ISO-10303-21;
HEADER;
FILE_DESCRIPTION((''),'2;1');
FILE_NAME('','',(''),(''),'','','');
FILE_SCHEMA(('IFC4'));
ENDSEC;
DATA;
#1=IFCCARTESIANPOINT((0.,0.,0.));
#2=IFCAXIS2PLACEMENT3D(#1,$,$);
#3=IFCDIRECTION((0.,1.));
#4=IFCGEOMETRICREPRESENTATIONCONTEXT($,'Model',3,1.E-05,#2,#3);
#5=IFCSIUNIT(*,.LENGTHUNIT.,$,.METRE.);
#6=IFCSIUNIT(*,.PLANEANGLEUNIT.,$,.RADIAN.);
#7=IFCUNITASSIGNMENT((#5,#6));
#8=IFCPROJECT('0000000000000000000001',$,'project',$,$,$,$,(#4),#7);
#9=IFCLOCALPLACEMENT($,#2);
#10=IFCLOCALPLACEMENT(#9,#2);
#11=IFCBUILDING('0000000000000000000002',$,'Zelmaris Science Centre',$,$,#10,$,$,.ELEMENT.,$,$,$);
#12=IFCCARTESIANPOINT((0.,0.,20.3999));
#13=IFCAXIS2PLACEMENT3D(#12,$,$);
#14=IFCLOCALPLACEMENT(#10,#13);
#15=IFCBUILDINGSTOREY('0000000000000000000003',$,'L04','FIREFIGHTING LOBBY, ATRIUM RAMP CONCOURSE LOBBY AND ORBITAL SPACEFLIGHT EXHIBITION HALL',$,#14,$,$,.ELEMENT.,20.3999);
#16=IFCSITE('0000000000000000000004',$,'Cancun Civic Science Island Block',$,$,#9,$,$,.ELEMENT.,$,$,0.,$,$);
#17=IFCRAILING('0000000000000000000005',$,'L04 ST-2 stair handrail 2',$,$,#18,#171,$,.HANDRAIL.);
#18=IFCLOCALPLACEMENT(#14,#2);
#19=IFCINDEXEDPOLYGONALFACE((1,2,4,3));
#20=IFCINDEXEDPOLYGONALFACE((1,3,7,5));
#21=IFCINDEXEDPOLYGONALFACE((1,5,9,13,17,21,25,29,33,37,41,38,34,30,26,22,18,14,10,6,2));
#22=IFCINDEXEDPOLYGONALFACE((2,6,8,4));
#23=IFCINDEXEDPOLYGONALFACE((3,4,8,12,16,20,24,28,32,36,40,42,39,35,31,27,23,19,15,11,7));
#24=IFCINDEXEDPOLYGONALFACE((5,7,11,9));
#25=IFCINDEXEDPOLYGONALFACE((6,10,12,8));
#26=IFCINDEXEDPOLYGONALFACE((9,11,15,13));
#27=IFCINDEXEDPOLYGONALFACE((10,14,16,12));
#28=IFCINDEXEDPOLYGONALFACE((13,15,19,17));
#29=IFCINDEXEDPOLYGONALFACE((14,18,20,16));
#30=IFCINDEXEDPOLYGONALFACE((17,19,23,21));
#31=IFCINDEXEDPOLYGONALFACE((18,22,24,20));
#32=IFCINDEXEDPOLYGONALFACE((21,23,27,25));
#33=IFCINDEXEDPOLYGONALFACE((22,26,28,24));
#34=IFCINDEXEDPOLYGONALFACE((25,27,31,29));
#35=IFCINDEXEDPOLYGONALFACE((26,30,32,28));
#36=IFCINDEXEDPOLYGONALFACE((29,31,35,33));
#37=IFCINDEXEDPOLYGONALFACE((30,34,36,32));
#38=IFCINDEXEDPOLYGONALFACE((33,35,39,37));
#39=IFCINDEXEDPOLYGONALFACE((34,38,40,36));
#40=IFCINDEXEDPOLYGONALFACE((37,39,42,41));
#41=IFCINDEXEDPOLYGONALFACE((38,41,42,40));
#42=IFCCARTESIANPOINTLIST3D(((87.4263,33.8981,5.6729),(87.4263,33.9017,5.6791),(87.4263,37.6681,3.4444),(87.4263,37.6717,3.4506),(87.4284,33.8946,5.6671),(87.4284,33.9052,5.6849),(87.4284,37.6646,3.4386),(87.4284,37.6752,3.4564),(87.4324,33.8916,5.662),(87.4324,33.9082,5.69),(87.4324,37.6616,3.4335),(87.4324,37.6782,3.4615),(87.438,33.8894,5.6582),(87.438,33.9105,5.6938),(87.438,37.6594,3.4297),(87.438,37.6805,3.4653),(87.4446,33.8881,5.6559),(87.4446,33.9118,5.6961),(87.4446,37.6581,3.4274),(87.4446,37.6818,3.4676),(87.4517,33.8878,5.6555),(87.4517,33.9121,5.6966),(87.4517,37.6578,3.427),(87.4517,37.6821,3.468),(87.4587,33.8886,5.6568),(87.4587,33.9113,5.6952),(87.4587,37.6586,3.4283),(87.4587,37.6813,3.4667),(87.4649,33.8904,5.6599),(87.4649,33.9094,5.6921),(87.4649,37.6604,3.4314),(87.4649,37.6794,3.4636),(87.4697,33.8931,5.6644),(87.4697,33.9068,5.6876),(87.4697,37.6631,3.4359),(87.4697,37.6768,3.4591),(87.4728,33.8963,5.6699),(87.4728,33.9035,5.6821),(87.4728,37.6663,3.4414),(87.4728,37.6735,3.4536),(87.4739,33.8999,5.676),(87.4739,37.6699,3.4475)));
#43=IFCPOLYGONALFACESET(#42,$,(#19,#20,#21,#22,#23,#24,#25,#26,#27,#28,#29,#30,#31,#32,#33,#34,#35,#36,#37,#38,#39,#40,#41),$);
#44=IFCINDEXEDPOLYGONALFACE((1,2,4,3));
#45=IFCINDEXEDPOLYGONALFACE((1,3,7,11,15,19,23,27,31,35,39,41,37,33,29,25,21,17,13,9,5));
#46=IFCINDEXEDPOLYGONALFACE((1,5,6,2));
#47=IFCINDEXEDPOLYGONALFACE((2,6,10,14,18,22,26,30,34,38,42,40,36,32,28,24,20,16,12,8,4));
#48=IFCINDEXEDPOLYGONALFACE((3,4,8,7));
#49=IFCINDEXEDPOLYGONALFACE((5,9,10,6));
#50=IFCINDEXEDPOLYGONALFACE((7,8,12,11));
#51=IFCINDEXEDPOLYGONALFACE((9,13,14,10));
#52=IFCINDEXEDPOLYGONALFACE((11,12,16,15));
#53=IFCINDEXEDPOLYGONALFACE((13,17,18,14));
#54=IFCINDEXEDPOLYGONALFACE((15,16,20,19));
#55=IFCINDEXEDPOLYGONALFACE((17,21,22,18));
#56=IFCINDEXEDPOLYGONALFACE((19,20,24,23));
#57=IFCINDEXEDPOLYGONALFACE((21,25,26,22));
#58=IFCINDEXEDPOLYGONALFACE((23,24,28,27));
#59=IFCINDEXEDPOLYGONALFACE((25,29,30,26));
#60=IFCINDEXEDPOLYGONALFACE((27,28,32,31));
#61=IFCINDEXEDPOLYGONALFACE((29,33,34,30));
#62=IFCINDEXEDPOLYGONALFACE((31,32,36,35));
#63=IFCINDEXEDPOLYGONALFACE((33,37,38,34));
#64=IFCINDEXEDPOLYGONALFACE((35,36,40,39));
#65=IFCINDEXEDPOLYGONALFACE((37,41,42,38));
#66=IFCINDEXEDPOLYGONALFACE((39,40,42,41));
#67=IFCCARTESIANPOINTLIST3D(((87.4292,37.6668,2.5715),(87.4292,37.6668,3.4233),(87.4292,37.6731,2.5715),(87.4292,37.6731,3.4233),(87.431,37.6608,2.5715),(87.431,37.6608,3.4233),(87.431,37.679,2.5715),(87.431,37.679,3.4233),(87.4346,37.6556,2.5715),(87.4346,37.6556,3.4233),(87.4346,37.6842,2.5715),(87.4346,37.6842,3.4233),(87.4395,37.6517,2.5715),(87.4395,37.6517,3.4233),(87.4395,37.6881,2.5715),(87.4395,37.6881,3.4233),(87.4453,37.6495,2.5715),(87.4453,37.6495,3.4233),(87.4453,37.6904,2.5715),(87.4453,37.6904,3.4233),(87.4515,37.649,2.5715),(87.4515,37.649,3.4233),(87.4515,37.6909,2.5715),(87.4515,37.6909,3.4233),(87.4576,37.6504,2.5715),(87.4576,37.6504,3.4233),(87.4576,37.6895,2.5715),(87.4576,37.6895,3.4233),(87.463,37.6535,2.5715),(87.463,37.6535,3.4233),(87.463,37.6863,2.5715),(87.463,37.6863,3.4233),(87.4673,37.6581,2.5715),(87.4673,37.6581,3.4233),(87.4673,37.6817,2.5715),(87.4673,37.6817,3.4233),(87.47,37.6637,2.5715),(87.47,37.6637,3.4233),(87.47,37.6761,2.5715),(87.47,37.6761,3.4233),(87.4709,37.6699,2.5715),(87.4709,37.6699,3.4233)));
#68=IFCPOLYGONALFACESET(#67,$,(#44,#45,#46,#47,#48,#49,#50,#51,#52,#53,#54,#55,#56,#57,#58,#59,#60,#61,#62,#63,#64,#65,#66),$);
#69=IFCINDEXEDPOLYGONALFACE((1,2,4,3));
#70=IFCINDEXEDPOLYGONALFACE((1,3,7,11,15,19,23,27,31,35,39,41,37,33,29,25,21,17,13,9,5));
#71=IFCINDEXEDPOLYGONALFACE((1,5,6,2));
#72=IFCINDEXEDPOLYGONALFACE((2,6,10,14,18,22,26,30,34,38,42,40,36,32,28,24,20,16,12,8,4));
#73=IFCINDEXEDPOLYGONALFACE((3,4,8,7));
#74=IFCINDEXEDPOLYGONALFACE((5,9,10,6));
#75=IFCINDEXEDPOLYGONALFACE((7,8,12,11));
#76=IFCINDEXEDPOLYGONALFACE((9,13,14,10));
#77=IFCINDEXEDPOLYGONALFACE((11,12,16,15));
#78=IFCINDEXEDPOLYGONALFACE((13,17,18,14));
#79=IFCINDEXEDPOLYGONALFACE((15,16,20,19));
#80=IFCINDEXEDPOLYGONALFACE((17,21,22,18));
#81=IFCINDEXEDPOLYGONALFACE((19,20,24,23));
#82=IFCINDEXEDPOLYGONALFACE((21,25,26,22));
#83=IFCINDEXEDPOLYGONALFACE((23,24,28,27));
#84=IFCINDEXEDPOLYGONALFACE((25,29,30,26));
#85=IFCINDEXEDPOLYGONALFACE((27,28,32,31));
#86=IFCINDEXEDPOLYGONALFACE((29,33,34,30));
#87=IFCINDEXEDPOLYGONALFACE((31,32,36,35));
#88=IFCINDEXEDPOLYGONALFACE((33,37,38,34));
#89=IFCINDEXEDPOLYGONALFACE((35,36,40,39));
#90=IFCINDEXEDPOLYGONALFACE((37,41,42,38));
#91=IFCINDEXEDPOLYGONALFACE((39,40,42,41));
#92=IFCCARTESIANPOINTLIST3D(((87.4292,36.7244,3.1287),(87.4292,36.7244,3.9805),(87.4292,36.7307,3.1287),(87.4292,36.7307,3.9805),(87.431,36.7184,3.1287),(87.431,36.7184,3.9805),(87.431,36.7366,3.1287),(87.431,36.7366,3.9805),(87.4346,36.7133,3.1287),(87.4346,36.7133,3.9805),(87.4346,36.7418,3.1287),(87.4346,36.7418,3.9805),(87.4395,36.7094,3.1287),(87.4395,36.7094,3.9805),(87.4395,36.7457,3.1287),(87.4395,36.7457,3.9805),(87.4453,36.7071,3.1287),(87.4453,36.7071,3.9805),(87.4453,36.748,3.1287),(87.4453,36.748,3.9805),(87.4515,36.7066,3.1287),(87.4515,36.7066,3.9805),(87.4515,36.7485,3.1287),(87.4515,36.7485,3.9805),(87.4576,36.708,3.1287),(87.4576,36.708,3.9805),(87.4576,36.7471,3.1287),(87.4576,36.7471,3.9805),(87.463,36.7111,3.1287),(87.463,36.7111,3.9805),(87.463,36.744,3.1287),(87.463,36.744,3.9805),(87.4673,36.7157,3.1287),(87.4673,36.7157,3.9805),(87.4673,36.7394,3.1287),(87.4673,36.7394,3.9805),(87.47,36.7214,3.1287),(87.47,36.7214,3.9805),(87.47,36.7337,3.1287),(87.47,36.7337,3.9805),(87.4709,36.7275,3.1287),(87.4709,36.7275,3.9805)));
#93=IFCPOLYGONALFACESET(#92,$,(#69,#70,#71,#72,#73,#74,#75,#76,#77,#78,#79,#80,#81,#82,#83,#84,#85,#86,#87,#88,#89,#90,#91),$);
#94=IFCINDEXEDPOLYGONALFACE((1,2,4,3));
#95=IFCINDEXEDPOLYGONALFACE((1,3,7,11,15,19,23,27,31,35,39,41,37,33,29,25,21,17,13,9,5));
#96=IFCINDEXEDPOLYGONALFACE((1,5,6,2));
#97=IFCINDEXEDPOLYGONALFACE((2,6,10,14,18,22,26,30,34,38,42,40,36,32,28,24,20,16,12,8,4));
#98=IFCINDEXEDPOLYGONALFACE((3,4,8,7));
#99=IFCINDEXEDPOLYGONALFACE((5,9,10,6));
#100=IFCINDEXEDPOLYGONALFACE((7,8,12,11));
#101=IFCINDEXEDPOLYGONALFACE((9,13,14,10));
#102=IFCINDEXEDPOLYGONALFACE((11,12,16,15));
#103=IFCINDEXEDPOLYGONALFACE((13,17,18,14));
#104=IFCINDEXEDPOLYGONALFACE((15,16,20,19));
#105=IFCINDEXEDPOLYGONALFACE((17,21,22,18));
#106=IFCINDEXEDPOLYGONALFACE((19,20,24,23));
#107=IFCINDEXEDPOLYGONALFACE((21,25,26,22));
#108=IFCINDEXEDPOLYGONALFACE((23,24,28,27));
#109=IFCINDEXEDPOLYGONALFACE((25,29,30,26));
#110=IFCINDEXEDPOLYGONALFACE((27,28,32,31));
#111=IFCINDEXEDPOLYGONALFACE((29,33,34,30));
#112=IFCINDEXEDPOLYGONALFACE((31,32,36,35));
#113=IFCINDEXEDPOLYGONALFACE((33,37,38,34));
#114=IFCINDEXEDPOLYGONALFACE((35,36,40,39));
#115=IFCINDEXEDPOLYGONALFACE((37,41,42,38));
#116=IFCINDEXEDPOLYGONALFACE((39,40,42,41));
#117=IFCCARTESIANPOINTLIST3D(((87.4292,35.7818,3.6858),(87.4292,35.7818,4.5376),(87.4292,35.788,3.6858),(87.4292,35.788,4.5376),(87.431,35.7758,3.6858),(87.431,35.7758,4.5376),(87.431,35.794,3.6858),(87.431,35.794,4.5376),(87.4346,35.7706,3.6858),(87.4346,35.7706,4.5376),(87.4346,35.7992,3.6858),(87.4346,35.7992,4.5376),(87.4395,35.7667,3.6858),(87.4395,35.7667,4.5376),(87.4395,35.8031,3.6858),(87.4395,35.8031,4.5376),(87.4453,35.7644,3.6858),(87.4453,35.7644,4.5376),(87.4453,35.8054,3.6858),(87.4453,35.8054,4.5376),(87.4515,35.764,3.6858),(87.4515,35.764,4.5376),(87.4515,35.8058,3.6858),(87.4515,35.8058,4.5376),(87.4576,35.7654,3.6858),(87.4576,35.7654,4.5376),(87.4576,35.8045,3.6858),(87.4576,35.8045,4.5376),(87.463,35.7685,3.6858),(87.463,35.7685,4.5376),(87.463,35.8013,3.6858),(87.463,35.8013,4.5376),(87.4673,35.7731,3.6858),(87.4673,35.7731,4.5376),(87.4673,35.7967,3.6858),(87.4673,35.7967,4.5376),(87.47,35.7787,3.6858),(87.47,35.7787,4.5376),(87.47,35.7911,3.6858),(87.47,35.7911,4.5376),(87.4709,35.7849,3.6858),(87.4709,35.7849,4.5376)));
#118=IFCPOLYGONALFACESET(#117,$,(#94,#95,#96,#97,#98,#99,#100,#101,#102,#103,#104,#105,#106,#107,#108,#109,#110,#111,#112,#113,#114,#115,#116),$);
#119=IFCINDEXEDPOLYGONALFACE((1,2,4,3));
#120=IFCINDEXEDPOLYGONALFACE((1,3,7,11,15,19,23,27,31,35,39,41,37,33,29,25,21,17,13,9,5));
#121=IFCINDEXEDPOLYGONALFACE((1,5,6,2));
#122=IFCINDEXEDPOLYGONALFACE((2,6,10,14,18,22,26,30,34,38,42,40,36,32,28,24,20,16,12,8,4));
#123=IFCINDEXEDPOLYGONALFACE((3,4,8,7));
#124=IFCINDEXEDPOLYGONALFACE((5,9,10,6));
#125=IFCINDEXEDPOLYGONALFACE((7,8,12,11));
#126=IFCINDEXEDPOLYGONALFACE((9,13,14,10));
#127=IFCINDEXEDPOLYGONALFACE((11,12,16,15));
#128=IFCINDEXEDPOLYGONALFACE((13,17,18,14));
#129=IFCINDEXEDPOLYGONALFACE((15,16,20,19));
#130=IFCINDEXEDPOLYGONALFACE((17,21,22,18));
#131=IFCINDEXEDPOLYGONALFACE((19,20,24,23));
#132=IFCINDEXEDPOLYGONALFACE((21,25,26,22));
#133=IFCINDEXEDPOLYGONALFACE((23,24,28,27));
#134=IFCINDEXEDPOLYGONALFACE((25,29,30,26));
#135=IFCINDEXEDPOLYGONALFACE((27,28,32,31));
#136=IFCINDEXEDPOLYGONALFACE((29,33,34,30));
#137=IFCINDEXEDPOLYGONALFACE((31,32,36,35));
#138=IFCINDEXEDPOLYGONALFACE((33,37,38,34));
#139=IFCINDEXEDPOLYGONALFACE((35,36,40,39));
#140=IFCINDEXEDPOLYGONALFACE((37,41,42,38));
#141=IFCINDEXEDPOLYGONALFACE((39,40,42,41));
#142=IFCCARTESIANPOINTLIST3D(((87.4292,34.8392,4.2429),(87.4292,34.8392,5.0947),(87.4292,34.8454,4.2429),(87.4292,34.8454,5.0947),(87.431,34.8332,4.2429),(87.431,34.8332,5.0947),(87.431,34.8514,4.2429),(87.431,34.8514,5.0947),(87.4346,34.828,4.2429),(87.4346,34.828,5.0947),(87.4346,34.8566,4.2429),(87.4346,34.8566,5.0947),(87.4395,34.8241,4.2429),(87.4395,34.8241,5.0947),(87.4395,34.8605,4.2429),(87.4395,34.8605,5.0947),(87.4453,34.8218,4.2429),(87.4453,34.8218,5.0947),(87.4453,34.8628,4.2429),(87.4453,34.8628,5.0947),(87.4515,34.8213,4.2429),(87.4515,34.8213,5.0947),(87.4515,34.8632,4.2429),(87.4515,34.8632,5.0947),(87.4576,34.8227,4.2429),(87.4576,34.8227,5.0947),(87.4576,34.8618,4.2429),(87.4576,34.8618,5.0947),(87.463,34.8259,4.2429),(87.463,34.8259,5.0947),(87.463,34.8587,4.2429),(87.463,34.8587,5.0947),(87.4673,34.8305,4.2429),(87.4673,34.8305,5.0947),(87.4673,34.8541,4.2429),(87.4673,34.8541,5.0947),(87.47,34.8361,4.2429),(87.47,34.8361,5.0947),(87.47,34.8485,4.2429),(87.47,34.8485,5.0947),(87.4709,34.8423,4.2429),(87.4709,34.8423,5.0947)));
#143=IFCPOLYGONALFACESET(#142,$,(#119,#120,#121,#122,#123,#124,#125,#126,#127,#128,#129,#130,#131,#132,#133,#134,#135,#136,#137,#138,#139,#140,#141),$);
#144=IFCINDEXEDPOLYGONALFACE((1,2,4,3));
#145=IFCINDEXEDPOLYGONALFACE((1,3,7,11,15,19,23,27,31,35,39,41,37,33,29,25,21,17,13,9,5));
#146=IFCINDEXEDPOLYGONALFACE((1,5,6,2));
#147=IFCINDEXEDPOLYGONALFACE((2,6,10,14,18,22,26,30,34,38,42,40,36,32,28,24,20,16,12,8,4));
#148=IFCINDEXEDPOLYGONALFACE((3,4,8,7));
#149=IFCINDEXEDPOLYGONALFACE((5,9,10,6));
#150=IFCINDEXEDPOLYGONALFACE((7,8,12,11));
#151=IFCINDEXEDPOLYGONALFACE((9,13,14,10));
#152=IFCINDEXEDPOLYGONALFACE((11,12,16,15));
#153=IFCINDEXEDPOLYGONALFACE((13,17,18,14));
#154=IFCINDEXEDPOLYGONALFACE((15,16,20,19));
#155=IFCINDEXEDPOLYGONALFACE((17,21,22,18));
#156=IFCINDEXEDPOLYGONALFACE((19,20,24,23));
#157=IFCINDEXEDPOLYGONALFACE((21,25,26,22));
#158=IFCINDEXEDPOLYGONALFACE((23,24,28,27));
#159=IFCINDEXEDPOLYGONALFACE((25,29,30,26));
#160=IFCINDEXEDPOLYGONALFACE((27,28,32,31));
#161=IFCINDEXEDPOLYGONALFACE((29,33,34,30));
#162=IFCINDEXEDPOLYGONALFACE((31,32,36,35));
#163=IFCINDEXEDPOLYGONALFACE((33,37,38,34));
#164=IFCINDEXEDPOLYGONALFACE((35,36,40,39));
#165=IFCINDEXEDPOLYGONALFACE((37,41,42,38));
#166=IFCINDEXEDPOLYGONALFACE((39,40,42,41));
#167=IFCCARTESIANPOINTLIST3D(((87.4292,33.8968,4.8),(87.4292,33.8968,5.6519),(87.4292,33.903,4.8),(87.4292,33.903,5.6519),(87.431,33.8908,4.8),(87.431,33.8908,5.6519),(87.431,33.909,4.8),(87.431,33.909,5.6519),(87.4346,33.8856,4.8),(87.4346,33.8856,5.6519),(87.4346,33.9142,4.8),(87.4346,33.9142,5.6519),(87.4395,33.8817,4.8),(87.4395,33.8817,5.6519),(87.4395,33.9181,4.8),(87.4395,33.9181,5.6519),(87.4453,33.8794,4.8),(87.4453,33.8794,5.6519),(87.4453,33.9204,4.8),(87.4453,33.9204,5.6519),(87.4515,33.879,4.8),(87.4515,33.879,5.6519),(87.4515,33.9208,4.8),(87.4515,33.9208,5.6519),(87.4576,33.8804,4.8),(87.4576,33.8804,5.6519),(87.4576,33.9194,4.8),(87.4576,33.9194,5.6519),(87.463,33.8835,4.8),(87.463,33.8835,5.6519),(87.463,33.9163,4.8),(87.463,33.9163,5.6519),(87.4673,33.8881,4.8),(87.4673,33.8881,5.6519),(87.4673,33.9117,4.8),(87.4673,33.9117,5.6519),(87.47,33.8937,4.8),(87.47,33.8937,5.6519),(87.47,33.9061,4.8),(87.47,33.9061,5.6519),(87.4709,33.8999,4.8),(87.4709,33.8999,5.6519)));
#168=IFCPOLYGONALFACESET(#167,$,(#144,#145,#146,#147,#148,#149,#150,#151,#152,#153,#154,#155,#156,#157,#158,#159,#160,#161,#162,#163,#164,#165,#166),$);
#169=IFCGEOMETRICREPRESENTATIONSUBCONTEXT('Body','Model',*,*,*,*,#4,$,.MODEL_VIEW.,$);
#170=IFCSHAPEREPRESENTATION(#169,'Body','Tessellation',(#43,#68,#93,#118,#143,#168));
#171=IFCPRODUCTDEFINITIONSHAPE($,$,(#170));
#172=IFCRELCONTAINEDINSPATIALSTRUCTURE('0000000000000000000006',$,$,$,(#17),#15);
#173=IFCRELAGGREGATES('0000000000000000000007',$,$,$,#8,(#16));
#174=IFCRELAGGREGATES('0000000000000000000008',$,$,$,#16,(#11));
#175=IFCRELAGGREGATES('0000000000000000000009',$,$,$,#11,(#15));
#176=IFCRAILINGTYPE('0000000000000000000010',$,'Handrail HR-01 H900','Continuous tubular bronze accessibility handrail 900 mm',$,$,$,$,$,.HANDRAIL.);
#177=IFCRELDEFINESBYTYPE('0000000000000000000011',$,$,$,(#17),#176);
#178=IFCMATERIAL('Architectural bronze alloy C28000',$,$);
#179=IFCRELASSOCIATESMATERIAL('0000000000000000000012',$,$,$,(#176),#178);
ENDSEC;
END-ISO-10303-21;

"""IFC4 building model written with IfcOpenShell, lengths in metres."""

from ifc_helpers import new_model, si_unit, direction, frame, origin, origin_2d, place, context, subcontext, project, spatial, circle, extrude, material, type_object, element, save


model = new_model("IFC4")

# Units and contexts
model_context = context("Model", 3, precision=1e-05, world=origin(), true_north=direction((0.0, 1.0)))
body_context = subcontext(model_context, "Body", "Model", "MODEL_VIEW")
ifc_project = project(units=[si_unit("LENGTHUNIT", "METRE"), si_unit("PLANEANGLEUNIT", "RADIAN")], contexts=[model_context])

# Site, building, storey
site_placement = place(None, origin())
site = spatial("IfcSite", under=ifc_project, at=site_placement, Name="Cancun Civic Science Island Block", CompositionType="ELEMENT", RefElevation=0.0)
building_placement = place(site_placement, origin())
building = spatial("IfcBuilding", under=site, at=building_placement, Name="Zelmaris Science Centre", CompositionType="ELEMENT")
storey_placement = place(building_placement, frame((0.0, 0.0, 20.3999)))
storey = spatial("IfcBuildingStorey", under=building, at=storey_placement, Name="L04", Description="FIREFIGHTING LOBBY, ATRIUM RAMP CONCOURSE LOBBY AND ORBITAL SPACEFLIGHT EXHIBITION HALL", CompositionType="ELEMENT", Elevation=20.3999)

# Railing
ifc_material_1 = material(Name="Architectural bronze alloy C28000")
railing_type_1 = type_object("IfcRailingType", Name="Handrail HR-01 H900", Description="Continuous tubular bronze accessibility handrail 900 mm", PredefinedType="HANDRAIL", material=ifc_material_1)
railing_1_placement = place(storey_placement, frame((87.45, 37.6699, 2.5715)))
element("IfcRailing", 1, at=railing_1_placement, inside=storey, type_object=railing_type_1, Name="L04 ST-2 stair handrail 2", PredefinedType="HANDRAIL", context=body_context, shape_type="SweptSolid", body=[
    extrude(circle(Radius=0.0239, at=origin_2d()), frame((0.0, 0.0, 0.876), z_axis=(0.0, -0.860849, 0.508861), x_axis=(1.0, 0.0, 0.0)), (0.0, 0.0, 1.0), 4.3794),
    extrude(circle(Radius=0.021, at=origin_2d()), origin(), (0.0, 0.0, 1.0), 0.8518),
    extrude(circle(Radius=0.021, at=origin_2d()), frame((0.0, -0.9424, 0.5571)), (0.0, 0.0, 1.0), 0.8518),
    extrude(circle(Radius=0.021, at=origin_2d()), frame((0.0, -1.885, 1.1143)), (0.0, 0.0, 1.0), 0.8518),
    extrude(circle(Radius=0.021, at=origin_2d()), frame((0.0, -2.8276, 1.6714)), (0.0, 0.0, 1.0), 0.8518),
    extrude(circle(Radius=0.021, at=origin_2d()), frame((0.0, -3.77, 2.2285)), (0.0, 0.0, 1.0), 0.8518),
])

save(model, "model.ifc")
